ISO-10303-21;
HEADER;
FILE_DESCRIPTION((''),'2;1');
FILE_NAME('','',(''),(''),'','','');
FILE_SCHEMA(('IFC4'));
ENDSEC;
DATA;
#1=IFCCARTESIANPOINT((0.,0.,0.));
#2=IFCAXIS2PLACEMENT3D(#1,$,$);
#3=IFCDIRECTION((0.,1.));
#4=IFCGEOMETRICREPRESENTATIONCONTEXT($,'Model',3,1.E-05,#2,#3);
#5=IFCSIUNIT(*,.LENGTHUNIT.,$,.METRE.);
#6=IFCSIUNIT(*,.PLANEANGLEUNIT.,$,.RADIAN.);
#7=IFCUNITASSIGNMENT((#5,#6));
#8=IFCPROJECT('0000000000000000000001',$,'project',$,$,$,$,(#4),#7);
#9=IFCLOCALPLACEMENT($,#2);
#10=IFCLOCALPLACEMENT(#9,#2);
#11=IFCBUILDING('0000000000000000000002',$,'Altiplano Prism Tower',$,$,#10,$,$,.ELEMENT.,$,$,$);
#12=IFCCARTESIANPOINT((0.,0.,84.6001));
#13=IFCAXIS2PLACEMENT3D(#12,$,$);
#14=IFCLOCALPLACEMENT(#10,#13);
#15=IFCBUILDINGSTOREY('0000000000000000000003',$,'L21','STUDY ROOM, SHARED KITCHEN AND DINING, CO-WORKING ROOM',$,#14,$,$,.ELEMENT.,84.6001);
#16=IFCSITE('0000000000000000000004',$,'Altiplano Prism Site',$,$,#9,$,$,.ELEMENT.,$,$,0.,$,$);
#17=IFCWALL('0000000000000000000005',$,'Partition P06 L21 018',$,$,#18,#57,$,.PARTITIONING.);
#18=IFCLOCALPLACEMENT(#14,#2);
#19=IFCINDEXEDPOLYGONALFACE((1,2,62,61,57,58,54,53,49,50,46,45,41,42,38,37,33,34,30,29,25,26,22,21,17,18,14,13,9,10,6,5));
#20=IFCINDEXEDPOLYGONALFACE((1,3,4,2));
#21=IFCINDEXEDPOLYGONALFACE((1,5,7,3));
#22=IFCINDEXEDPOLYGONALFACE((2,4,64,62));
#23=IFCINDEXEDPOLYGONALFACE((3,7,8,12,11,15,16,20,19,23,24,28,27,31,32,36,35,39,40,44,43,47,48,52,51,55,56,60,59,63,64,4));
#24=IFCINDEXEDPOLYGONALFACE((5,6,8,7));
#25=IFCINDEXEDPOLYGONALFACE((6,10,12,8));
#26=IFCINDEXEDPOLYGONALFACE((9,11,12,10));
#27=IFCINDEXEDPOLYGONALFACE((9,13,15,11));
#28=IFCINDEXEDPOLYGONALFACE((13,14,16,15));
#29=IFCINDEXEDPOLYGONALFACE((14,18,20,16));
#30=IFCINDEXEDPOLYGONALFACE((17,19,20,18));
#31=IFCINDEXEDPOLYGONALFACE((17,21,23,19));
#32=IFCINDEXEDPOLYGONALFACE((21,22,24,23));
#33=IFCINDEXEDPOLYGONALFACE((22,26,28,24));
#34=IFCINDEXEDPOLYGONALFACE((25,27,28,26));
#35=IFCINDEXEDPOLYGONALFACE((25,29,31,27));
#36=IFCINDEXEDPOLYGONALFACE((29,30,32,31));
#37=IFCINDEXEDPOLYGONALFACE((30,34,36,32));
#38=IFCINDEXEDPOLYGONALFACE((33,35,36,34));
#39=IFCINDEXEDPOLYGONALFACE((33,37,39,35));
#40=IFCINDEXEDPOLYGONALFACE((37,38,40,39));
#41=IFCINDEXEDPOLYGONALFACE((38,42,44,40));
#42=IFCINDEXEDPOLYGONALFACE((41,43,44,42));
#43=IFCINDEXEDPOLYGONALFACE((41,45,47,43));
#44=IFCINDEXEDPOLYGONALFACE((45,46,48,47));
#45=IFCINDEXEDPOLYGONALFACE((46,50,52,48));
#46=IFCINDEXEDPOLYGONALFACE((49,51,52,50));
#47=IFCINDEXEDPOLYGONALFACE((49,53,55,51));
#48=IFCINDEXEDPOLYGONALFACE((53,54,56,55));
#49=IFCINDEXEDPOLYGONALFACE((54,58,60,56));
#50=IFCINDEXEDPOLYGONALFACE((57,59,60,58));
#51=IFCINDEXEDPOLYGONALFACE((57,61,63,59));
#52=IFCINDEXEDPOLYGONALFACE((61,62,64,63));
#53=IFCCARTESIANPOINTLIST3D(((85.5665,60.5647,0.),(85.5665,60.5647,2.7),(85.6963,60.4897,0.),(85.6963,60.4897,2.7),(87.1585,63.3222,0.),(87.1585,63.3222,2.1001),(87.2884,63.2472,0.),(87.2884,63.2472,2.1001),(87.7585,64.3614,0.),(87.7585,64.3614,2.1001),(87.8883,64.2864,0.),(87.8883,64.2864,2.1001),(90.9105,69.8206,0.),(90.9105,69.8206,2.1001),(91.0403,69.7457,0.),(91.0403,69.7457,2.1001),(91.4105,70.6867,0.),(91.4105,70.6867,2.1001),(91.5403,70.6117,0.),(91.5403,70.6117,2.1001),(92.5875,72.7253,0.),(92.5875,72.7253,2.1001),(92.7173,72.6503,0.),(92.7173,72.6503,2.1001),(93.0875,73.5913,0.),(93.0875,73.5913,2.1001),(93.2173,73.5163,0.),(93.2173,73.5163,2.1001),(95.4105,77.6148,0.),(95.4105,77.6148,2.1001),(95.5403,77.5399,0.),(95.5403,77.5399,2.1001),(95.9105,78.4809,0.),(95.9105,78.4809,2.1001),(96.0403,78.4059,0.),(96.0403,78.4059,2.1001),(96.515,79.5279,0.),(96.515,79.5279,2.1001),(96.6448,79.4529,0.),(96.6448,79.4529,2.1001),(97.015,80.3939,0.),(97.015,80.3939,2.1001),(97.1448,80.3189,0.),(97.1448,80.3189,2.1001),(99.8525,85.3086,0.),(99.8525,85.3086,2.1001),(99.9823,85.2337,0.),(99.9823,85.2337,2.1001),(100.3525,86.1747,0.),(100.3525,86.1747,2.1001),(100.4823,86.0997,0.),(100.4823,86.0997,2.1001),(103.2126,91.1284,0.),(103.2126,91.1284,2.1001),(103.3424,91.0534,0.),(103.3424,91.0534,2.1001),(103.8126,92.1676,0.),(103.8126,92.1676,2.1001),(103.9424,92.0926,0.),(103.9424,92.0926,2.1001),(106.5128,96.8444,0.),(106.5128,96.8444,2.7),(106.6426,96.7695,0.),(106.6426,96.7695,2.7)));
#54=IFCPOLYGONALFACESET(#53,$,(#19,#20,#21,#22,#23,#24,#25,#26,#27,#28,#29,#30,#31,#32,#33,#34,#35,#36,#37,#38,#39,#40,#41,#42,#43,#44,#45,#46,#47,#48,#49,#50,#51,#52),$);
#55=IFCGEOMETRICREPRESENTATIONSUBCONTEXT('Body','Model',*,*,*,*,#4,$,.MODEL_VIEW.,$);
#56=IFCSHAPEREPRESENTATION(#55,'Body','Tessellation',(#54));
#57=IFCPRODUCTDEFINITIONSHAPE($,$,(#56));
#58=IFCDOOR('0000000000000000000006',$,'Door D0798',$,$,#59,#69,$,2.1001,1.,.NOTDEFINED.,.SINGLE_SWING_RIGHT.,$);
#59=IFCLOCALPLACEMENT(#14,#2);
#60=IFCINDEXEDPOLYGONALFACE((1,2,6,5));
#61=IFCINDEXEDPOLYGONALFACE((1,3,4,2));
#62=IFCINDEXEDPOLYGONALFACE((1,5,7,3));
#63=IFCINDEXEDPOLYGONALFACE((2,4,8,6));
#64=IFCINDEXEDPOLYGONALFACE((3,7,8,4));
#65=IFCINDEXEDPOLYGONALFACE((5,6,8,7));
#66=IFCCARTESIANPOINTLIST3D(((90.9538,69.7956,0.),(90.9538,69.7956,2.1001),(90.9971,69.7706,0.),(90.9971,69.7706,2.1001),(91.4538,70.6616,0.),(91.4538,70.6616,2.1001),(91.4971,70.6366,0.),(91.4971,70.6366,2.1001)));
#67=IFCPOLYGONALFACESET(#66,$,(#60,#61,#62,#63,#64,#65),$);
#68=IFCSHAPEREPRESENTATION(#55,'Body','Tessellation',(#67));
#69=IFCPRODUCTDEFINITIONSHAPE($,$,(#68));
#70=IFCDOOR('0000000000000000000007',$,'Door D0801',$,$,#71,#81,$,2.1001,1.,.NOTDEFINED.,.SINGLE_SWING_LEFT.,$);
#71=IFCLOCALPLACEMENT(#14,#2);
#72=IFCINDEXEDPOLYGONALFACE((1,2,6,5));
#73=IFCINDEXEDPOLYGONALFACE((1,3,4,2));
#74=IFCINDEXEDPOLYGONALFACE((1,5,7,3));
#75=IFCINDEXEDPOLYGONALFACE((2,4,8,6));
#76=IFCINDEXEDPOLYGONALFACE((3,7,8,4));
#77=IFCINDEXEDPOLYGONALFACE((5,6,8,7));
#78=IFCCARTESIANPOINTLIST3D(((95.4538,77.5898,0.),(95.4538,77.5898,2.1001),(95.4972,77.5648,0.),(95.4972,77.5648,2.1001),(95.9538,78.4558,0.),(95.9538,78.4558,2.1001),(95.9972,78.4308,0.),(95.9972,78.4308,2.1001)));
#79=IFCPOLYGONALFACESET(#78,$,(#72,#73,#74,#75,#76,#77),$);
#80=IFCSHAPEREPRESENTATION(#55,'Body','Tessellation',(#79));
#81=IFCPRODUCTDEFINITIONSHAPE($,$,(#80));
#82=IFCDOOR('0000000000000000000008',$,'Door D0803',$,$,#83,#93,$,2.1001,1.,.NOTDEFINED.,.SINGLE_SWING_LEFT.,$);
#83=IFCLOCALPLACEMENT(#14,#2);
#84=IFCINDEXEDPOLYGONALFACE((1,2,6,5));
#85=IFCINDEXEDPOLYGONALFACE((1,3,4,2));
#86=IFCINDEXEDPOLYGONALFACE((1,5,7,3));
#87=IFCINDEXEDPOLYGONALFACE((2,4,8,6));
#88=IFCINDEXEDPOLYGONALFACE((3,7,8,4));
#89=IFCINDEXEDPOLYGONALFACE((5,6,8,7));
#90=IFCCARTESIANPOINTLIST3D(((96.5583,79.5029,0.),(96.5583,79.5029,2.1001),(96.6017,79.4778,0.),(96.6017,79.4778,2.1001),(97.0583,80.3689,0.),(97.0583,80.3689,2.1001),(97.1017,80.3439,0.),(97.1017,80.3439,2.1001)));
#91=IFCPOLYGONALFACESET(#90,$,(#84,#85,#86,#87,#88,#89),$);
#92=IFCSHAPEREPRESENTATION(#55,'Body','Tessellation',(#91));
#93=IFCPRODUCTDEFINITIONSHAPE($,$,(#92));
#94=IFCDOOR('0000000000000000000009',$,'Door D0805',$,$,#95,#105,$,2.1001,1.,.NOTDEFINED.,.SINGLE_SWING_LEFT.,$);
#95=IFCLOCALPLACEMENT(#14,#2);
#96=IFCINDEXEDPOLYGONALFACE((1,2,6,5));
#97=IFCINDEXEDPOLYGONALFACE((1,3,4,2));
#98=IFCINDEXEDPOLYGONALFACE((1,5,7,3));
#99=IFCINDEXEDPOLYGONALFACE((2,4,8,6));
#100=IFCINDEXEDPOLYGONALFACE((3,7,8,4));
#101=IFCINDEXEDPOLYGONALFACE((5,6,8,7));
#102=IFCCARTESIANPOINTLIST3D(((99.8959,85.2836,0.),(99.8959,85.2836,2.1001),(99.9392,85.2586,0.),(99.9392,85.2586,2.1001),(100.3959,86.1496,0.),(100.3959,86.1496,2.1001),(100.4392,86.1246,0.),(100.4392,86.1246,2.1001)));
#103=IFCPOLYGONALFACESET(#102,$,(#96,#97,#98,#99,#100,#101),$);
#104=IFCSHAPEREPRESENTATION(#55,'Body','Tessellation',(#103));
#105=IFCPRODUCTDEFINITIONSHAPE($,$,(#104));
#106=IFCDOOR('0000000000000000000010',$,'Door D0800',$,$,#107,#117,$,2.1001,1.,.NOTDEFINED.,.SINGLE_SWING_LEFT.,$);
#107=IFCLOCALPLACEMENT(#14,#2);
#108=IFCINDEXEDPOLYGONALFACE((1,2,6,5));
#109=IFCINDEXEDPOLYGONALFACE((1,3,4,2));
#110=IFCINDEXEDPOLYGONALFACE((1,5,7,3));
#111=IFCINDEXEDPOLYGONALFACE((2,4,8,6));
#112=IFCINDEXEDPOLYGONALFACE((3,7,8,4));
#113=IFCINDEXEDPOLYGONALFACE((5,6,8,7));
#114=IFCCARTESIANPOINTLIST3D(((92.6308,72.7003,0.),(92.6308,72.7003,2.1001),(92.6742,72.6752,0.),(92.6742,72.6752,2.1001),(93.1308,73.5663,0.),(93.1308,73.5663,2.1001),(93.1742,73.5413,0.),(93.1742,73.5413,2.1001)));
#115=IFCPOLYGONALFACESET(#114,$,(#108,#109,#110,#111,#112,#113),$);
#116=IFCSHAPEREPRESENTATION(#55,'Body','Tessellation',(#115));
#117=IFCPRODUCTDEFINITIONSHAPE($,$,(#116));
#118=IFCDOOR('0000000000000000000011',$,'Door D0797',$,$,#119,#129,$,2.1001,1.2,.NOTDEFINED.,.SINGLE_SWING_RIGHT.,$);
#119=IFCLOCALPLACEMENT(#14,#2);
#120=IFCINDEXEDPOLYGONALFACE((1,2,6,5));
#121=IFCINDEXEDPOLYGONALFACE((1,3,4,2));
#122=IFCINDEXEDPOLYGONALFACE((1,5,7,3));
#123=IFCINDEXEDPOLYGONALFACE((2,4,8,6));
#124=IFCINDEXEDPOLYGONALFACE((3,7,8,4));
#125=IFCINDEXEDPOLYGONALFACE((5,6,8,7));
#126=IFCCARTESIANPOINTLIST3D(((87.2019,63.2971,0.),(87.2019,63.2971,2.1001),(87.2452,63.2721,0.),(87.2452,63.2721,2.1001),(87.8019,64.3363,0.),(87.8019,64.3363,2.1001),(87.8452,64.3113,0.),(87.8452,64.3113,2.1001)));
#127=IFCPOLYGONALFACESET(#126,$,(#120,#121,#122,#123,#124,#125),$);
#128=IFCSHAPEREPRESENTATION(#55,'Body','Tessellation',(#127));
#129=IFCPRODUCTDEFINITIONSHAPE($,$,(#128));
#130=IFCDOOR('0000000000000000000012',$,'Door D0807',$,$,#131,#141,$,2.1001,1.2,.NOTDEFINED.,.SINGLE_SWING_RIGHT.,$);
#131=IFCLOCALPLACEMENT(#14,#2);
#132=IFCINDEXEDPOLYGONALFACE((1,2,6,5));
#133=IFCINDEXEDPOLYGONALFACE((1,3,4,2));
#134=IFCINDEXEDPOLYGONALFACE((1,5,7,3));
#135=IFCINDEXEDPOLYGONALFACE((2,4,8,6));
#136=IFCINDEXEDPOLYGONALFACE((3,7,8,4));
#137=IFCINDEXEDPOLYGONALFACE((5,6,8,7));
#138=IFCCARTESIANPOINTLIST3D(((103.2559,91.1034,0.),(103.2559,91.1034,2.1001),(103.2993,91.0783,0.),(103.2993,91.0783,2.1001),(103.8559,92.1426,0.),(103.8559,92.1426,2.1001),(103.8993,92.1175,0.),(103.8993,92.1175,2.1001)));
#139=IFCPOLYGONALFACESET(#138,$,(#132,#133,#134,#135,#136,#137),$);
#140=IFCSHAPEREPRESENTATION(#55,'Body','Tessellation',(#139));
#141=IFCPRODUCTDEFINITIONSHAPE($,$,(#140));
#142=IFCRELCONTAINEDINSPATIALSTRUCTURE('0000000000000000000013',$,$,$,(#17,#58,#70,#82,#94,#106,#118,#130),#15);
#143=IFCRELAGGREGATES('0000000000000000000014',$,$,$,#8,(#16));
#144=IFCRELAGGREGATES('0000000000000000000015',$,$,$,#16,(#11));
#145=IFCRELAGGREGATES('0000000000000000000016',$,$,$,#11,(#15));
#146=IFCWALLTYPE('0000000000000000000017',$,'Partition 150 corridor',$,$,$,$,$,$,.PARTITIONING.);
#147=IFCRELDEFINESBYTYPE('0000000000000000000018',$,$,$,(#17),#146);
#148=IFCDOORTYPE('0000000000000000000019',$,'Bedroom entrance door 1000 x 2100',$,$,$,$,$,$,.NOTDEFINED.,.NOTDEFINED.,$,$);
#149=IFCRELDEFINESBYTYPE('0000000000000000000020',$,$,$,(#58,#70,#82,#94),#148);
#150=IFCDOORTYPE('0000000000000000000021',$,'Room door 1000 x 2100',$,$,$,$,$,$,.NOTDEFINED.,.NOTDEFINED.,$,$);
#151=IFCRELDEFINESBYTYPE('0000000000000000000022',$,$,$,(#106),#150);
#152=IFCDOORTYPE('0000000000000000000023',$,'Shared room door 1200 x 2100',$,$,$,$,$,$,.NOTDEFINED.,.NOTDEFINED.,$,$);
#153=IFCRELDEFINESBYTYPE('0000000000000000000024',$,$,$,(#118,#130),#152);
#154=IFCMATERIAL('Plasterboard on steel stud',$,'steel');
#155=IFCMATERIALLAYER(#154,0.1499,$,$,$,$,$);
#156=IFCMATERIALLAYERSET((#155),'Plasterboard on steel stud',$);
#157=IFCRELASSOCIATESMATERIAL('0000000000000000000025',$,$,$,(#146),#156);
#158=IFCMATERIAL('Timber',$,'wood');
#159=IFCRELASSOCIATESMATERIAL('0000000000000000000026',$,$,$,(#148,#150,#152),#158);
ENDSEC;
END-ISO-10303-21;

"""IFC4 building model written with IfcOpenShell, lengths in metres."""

from ifc_helpers import new_model, si_unit, direction, frame, frame_2d, origin, place, context, subcontext, project, spatial, rectangle, extrude, material, layer, layer_set, type_object, element, fill, save


model = new_model("IFC4")

# Units and contexts
model_context = context("Model", 3, precision=1e-05, world=origin(), true_north=direction((0.0, 1.0)))
body_context = subcontext(model_context, "Body", "Model", "MODEL_VIEW")
ifc_project = project(units=[si_unit("LENGTHUNIT", "METRE"), si_unit("PLANEANGLEUNIT", "RADIAN")], contexts=[model_context])

# Site, building, storey
site_placement = place(None, origin())
site = spatial("IfcSite", under=ifc_project, at=site_placement, Name="Altiplano Prism Site", CompositionType="ELEMENT", RefElevation=0.0)
building_placement = place(site_placement, origin())
building = spatial("IfcBuilding", under=site, at=building_placement, Name="Altiplano Prism Tower", CompositionType="ELEMENT")
storey_placement = place(building_placement, frame((0.0, 0.0, 84.6001)))
storey = spatial("IfcBuildingStorey", under=building, at=storey_placement, Name="L21", Description="STUDY ROOM, SHARED KITCHEN AND DINING, CO-WORKING ROOM", CompositionType="ELEMENT", Elevation=84.6001)

# Shared definitions
ifc_material_1 = material(Name="Plasterboard on steel stud", Category="steel")
ifc_layer_1 = layer(ifc_material_1, 0.1499)
ifc_layer_set_1 = layer_set([ifc_layer_1], Name="Plasterboard on steel stud")
wall_type_1 = type_object("IfcWallType", Name="Partition 150 corridor", PredefinedType="PARTITIONING", material=ifc_layer_set_1)

# Wall, openings, doors
wall_1_placement = place(storey_placement, frame((85.6313, 60.5271, 0.0), z_axis=(0.0, 0.0, 1.0), x_axis=(0.500003, 0.866024, 0.0)))
wall_1 = element("IfcWall", 1, at=wall_1_placement, inside=storey, type_object=wall_type_1, Name="Partition P06 L21 018", PredefinedType="PARTITIONING", context=body_context, shape_type="SweptSolid", body=[
    extrude(rectangle(XDim=41.8923, YDim=0.1499, at=frame_2d((20.9463, 0.0))), origin(), (0.0, 0.0, 1.0), 2.7),
])
opening_1_placement = place(wall_1_placement, frame((3.1841, 0.0, 0.0)))
opening_1 = element("IfcOpeningElement", 2, at=opening_1_placement, cuts=wall_1, PredefinedType="OPENING", context=body_context, shape_type="SweptSolid", body=[
    extrude(rectangle(XDim=1.2, YDim=2.1001, at=frame_2d((0.6001, 1.05))), frame((0.0, 0.0854, 0.0), z_axis=(0.0, -1.0, 0.0), x_axis=(1.0, 0.0, 0.0)), (0.0, 0.0, 1.0), 0.1709),
])
opening_2_placement = place(wall_1_placement, frame((10.688, 0.0, 0.0)))
opening_2 = element("IfcOpeningElement", 3, at=opening_2_placement, cuts=wall_1, PredefinedType="OPENING", context=body_context, shape_type="SweptSolid", body=[
    extrude(rectangle(XDim=1.0, YDim=2.1001, at=frame_2d((0.5, 1.05))), frame((0.0, 0.0854, 0.0), z_axis=(0.0, -1.0, 0.0), x_axis=(1.0, 0.0, 0.0)), (0.0, 0.0, 1.0), 0.1709),
])
opening_3_placement = place(wall_1_placement, frame((14.042, 0.0, 0.0)))
opening_3 = element("IfcOpeningElement", 4, at=opening_3_placement, cuts=wall_1, PredefinedType="OPENING", context=body_context, shape_type="SweptSolid", body=[
    extrude(rectangle(XDim=1.0, YDim=2.1001, at=frame_2d((0.5, 1.05))), frame((0.0, 0.0854, 0.0), z_axis=(0.0, -1.0, 0.0), x_axis=(1.0, 0.0, 0.0)), (0.0, 0.0, 1.0), 0.1709),
])
opening_4_placement = place(wall_1_placement, frame((19.688, 0.0, 0.0)))
opening_4 = element("IfcOpeningElement", 5, at=opening_4_placement, cuts=wall_1, PredefinedType="OPENING", context=body_context, shape_type="SweptSolid", body=[
    extrude(rectangle(XDim=1.0, YDim=2.1001, at=frame_2d((0.5, 1.05))), frame((0.0, 0.0854, 0.0), z_axis=(0.0, -1.0, 0.0), x_axis=(1.0, 0.0, 0.0)), (0.0, 0.0, 1.0), 0.1709),
])
opening_5_placement = place(wall_1_placement, frame((21.897, 0.0, 0.0)))
opening_5 = element("IfcOpeningElement", 6, at=opening_5_placement, cuts=wall_1, PredefinedType="OPENING", context=body_context, shape_type="SweptSolid", body=[
    extrude(rectangle(XDim=1.0, YDim=2.1001, at=frame_2d((0.5, 1.05))), frame((0.0, 0.0854, 0.0), z_axis=(0.0, -1.0, 0.0), x_axis=(1.0, 0.0, 0.0)), (0.0, 0.0, 1.0), 0.1709),
])
opening_6_placement = place(wall_1_placement, frame((28.572, 0.0, 0.0)))
opening_6 = element("IfcOpeningElement", 7, at=opening_6_placement, cuts=wall_1, PredefinedType="OPENING", context=body_context, shape_type="SweptSolid", body=[
    extrude(rectangle(XDim=1.0, YDim=2.1001, at=frame_2d((0.5, 1.05))), frame((0.0, 0.0854, 0.0), z_axis=(0.0, -1.0, 0.0), x_axis=(1.0, 0.0, 0.0)), (0.0, 0.0, 1.0), 0.1709),
])
opening_7_placement = place(wall_1_placement, frame((35.292, 0.0, 0.0)))
opening_7 = element("IfcOpeningElement", 8, at=opening_7_placement, cuts=wall_1, PredefinedType="OPENING", context=body_context, shape_type="SweptSolid", body=[
    extrude(rectangle(XDim=1.2, YDim=2.1001, at=frame_2d((0.6001, 1.05))), frame((0.0, 0.0854, 0.0), z_axis=(0.0, -1.0, 0.0), x_axis=(1.0, 0.0, 0.0)), (0.0, 0.0, 1.0), 0.1709),
])
ifc_material_2 = material(Name="Timber", Category="wood")
door_type_1 = type_object("IfcDoorType", Name="Bedroom entrance door 1000 x 2100", OperationType="NOTDEFINED", PredefinedType="NOTDEFINED", material=ifc_material_2)
door_1_placement = place(opening_2_placement, origin())
door_1 = element("IfcDoor", 9, at=door_1_placement, inside=storey, type_object=door_type_1, Name="Door D0798", OperationType="SINGLE_SWING_RIGHT", OverallHeight=2.1001, OverallWidth=1.0, PredefinedType="NOTDEFINED", context=body_context, shape_type="SweptSolid", body=[
    extrude(rectangle(XDim=1.0, YDim=2.1001, at=frame_2d((0.5, 1.05))), frame((0.0, 0.0249, 0.0), z_axis=(0.0, -1.0, 0.0), x_axis=(1.0, 0.0, 0.0)), (0.0, 0.0, 1.0), 0.05),
])
fill(opening_2, door_1)
door_2_placement = place(opening_4_placement, origin())
door_2 = element("IfcDoor", 10, at=door_2_placement, inside=storey, type_object=door_type_1, Name="Door D0801", OperationType="SINGLE_SWING_LEFT", OverallHeight=2.1001, OverallWidth=1.0, PredefinedType="NOTDEFINED", context=body_context, shape_type="SweptSolid", body=[
    extrude(rectangle(XDim=1.0, YDim=2.1001, at=frame_2d((0.5, 1.05))), frame((0.0, 0.0249, 0.0), z_axis=(0.0, -1.0, 0.0), x_axis=(1.0, 0.0, 0.0)), (0.0, 0.0, 1.0), 0.05),
])
fill(opening_4, door_2)
door_3_placement = place(opening_5_placement, origin())
door_3 = element("IfcDoor", 11, at=door_3_placement, inside=storey, type_object=door_type_1, Name="Door D0803", OperationType="SINGLE_SWING_LEFT", OverallHeight=2.1001, OverallWidth=1.0, PredefinedType="NOTDEFINED", context=body_context, shape_type="SweptSolid", body=[
    extrude(rectangle(XDim=1.0, YDim=2.1001, at=frame_2d((0.5, 1.05))), frame((0.0, 0.0249, 0.0), z_axis=(0.0, -1.0, 0.0), x_axis=(1.0, 0.0, 0.0)), (0.0, 0.0, 1.0), 0.05),
])
fill(opening_5, door_3)
door_4_placement = place(opening_6_placement, origin())
door_4 = element("IfcDoor", 12, at=door_4_placement, inside=storey, type_object=door_type_1, Name="Door D0805", OperationType="SINGLE_SWING_LEFT", OverallHeight=2.1001, OverallWidth=1.0, PredefinedType="NOTDEFINED", context=body_context, shape_type="SweptSolid", body=[
    extrude(rectangle(XDim=1.0, YDim=2.1001, at=frame_2d((0.5, 1.05))), frame((0.0, 0.0249, 0.0), z_axis=(0.0, -1.0, 0.0), x_axis=(1.0, 0.0, 0.0)), (0.0, 0.0, 1.0), 0.05),
])
fill(opening_6, door_4)
door_type_2 = type_object("IfcDoorType", Name="Room door 1000 x 2100", OperationType="NOTDEFINED", PredefinedType="NOTDEFINED", material=ifc_material_2)
door_5_placement = place(opening_3_placement, origin())
door_5 = element("IfcDoor", 13, at=door_5_placement, inside=storey, type_object=door_type_2, Name="Door D0800", OperationType="SINGLE_SWING_LEFT", OverallHeight=2.1001, OverallWidth=1.0, PredefinedType="NOTDEFINED", context=body_context, shape_type="SweptSolid", body=[
    extrude(rectangle(XDim=1.0, YDim=2.1001, at=frame_2d((0.5, 1.05))), frame((0.0, 0.0249, 0.0), z_axis=(0.0, -1.0, 0.0), x_axis=(1.0, 0.0, 0.0)), (0.0, 0.0, 1.0), 0.05),
])
fill(opening_3, door_5)
door_type_3 = type_object("IfcDoorType", Name="Shared room door 1200 x 2100", OperationType="NOTDEFINED", PredefinedType="NOTDEFINED", material=ifc_material_2)
door_6_placement = place(opening_1_placement, origin())
door_6 = element("IfcDoor", 14, at=door_6_placement, inside=storey, type_object=door_type_3, Name="Door D0797", OperationType="SINGLE_SWING_RIGHT", OverallHeight=2.1001, OverallWidth=1.2, PredefinedType="NOTDEFINED", context=body_context, shape_type="SweptSolid", body=[
    extrude(rectangle(XDim=1.2, YDim=2.1001, at=frame_2d((0.6001, 1.05))), frame((0.0, 0.0249, 0.0), z_axis=(0.0, -1.0, 0.0), x_axis=(1.0, 0.0, 0.0)), (0.0, 0.0, 1.0), 0.05),
])
fill(opening_1, door_6)
door_7_placement = place(opening_7_placement, origin())
door_7 = element("IfcDoor", 15, at=door_7_placement, inside=storey, type_object=door_type_3, Name="Door D0807", OperationType="SINGLE_SWING_RIGHT", OverallHeight=2.1001, OverallWidth=1.2, PredefinedType="NOTDEFINED", context=body_context, shape_type="SweptSolid", body=[
    extrude(rectangle(XDim=1.2, YDim=2.1001, at=frame_2d((0.6001, 1.05))), frame((0.0, 0.0249, 0.0), z_axis=(0.0, -1.0, 0.0), x_axis=(1.0, 0.0, 0.0)), (0.0, 0.0, 1.0), 0.05),
])
fill(opening_7, door_7)

save(model, "model.ifc")
